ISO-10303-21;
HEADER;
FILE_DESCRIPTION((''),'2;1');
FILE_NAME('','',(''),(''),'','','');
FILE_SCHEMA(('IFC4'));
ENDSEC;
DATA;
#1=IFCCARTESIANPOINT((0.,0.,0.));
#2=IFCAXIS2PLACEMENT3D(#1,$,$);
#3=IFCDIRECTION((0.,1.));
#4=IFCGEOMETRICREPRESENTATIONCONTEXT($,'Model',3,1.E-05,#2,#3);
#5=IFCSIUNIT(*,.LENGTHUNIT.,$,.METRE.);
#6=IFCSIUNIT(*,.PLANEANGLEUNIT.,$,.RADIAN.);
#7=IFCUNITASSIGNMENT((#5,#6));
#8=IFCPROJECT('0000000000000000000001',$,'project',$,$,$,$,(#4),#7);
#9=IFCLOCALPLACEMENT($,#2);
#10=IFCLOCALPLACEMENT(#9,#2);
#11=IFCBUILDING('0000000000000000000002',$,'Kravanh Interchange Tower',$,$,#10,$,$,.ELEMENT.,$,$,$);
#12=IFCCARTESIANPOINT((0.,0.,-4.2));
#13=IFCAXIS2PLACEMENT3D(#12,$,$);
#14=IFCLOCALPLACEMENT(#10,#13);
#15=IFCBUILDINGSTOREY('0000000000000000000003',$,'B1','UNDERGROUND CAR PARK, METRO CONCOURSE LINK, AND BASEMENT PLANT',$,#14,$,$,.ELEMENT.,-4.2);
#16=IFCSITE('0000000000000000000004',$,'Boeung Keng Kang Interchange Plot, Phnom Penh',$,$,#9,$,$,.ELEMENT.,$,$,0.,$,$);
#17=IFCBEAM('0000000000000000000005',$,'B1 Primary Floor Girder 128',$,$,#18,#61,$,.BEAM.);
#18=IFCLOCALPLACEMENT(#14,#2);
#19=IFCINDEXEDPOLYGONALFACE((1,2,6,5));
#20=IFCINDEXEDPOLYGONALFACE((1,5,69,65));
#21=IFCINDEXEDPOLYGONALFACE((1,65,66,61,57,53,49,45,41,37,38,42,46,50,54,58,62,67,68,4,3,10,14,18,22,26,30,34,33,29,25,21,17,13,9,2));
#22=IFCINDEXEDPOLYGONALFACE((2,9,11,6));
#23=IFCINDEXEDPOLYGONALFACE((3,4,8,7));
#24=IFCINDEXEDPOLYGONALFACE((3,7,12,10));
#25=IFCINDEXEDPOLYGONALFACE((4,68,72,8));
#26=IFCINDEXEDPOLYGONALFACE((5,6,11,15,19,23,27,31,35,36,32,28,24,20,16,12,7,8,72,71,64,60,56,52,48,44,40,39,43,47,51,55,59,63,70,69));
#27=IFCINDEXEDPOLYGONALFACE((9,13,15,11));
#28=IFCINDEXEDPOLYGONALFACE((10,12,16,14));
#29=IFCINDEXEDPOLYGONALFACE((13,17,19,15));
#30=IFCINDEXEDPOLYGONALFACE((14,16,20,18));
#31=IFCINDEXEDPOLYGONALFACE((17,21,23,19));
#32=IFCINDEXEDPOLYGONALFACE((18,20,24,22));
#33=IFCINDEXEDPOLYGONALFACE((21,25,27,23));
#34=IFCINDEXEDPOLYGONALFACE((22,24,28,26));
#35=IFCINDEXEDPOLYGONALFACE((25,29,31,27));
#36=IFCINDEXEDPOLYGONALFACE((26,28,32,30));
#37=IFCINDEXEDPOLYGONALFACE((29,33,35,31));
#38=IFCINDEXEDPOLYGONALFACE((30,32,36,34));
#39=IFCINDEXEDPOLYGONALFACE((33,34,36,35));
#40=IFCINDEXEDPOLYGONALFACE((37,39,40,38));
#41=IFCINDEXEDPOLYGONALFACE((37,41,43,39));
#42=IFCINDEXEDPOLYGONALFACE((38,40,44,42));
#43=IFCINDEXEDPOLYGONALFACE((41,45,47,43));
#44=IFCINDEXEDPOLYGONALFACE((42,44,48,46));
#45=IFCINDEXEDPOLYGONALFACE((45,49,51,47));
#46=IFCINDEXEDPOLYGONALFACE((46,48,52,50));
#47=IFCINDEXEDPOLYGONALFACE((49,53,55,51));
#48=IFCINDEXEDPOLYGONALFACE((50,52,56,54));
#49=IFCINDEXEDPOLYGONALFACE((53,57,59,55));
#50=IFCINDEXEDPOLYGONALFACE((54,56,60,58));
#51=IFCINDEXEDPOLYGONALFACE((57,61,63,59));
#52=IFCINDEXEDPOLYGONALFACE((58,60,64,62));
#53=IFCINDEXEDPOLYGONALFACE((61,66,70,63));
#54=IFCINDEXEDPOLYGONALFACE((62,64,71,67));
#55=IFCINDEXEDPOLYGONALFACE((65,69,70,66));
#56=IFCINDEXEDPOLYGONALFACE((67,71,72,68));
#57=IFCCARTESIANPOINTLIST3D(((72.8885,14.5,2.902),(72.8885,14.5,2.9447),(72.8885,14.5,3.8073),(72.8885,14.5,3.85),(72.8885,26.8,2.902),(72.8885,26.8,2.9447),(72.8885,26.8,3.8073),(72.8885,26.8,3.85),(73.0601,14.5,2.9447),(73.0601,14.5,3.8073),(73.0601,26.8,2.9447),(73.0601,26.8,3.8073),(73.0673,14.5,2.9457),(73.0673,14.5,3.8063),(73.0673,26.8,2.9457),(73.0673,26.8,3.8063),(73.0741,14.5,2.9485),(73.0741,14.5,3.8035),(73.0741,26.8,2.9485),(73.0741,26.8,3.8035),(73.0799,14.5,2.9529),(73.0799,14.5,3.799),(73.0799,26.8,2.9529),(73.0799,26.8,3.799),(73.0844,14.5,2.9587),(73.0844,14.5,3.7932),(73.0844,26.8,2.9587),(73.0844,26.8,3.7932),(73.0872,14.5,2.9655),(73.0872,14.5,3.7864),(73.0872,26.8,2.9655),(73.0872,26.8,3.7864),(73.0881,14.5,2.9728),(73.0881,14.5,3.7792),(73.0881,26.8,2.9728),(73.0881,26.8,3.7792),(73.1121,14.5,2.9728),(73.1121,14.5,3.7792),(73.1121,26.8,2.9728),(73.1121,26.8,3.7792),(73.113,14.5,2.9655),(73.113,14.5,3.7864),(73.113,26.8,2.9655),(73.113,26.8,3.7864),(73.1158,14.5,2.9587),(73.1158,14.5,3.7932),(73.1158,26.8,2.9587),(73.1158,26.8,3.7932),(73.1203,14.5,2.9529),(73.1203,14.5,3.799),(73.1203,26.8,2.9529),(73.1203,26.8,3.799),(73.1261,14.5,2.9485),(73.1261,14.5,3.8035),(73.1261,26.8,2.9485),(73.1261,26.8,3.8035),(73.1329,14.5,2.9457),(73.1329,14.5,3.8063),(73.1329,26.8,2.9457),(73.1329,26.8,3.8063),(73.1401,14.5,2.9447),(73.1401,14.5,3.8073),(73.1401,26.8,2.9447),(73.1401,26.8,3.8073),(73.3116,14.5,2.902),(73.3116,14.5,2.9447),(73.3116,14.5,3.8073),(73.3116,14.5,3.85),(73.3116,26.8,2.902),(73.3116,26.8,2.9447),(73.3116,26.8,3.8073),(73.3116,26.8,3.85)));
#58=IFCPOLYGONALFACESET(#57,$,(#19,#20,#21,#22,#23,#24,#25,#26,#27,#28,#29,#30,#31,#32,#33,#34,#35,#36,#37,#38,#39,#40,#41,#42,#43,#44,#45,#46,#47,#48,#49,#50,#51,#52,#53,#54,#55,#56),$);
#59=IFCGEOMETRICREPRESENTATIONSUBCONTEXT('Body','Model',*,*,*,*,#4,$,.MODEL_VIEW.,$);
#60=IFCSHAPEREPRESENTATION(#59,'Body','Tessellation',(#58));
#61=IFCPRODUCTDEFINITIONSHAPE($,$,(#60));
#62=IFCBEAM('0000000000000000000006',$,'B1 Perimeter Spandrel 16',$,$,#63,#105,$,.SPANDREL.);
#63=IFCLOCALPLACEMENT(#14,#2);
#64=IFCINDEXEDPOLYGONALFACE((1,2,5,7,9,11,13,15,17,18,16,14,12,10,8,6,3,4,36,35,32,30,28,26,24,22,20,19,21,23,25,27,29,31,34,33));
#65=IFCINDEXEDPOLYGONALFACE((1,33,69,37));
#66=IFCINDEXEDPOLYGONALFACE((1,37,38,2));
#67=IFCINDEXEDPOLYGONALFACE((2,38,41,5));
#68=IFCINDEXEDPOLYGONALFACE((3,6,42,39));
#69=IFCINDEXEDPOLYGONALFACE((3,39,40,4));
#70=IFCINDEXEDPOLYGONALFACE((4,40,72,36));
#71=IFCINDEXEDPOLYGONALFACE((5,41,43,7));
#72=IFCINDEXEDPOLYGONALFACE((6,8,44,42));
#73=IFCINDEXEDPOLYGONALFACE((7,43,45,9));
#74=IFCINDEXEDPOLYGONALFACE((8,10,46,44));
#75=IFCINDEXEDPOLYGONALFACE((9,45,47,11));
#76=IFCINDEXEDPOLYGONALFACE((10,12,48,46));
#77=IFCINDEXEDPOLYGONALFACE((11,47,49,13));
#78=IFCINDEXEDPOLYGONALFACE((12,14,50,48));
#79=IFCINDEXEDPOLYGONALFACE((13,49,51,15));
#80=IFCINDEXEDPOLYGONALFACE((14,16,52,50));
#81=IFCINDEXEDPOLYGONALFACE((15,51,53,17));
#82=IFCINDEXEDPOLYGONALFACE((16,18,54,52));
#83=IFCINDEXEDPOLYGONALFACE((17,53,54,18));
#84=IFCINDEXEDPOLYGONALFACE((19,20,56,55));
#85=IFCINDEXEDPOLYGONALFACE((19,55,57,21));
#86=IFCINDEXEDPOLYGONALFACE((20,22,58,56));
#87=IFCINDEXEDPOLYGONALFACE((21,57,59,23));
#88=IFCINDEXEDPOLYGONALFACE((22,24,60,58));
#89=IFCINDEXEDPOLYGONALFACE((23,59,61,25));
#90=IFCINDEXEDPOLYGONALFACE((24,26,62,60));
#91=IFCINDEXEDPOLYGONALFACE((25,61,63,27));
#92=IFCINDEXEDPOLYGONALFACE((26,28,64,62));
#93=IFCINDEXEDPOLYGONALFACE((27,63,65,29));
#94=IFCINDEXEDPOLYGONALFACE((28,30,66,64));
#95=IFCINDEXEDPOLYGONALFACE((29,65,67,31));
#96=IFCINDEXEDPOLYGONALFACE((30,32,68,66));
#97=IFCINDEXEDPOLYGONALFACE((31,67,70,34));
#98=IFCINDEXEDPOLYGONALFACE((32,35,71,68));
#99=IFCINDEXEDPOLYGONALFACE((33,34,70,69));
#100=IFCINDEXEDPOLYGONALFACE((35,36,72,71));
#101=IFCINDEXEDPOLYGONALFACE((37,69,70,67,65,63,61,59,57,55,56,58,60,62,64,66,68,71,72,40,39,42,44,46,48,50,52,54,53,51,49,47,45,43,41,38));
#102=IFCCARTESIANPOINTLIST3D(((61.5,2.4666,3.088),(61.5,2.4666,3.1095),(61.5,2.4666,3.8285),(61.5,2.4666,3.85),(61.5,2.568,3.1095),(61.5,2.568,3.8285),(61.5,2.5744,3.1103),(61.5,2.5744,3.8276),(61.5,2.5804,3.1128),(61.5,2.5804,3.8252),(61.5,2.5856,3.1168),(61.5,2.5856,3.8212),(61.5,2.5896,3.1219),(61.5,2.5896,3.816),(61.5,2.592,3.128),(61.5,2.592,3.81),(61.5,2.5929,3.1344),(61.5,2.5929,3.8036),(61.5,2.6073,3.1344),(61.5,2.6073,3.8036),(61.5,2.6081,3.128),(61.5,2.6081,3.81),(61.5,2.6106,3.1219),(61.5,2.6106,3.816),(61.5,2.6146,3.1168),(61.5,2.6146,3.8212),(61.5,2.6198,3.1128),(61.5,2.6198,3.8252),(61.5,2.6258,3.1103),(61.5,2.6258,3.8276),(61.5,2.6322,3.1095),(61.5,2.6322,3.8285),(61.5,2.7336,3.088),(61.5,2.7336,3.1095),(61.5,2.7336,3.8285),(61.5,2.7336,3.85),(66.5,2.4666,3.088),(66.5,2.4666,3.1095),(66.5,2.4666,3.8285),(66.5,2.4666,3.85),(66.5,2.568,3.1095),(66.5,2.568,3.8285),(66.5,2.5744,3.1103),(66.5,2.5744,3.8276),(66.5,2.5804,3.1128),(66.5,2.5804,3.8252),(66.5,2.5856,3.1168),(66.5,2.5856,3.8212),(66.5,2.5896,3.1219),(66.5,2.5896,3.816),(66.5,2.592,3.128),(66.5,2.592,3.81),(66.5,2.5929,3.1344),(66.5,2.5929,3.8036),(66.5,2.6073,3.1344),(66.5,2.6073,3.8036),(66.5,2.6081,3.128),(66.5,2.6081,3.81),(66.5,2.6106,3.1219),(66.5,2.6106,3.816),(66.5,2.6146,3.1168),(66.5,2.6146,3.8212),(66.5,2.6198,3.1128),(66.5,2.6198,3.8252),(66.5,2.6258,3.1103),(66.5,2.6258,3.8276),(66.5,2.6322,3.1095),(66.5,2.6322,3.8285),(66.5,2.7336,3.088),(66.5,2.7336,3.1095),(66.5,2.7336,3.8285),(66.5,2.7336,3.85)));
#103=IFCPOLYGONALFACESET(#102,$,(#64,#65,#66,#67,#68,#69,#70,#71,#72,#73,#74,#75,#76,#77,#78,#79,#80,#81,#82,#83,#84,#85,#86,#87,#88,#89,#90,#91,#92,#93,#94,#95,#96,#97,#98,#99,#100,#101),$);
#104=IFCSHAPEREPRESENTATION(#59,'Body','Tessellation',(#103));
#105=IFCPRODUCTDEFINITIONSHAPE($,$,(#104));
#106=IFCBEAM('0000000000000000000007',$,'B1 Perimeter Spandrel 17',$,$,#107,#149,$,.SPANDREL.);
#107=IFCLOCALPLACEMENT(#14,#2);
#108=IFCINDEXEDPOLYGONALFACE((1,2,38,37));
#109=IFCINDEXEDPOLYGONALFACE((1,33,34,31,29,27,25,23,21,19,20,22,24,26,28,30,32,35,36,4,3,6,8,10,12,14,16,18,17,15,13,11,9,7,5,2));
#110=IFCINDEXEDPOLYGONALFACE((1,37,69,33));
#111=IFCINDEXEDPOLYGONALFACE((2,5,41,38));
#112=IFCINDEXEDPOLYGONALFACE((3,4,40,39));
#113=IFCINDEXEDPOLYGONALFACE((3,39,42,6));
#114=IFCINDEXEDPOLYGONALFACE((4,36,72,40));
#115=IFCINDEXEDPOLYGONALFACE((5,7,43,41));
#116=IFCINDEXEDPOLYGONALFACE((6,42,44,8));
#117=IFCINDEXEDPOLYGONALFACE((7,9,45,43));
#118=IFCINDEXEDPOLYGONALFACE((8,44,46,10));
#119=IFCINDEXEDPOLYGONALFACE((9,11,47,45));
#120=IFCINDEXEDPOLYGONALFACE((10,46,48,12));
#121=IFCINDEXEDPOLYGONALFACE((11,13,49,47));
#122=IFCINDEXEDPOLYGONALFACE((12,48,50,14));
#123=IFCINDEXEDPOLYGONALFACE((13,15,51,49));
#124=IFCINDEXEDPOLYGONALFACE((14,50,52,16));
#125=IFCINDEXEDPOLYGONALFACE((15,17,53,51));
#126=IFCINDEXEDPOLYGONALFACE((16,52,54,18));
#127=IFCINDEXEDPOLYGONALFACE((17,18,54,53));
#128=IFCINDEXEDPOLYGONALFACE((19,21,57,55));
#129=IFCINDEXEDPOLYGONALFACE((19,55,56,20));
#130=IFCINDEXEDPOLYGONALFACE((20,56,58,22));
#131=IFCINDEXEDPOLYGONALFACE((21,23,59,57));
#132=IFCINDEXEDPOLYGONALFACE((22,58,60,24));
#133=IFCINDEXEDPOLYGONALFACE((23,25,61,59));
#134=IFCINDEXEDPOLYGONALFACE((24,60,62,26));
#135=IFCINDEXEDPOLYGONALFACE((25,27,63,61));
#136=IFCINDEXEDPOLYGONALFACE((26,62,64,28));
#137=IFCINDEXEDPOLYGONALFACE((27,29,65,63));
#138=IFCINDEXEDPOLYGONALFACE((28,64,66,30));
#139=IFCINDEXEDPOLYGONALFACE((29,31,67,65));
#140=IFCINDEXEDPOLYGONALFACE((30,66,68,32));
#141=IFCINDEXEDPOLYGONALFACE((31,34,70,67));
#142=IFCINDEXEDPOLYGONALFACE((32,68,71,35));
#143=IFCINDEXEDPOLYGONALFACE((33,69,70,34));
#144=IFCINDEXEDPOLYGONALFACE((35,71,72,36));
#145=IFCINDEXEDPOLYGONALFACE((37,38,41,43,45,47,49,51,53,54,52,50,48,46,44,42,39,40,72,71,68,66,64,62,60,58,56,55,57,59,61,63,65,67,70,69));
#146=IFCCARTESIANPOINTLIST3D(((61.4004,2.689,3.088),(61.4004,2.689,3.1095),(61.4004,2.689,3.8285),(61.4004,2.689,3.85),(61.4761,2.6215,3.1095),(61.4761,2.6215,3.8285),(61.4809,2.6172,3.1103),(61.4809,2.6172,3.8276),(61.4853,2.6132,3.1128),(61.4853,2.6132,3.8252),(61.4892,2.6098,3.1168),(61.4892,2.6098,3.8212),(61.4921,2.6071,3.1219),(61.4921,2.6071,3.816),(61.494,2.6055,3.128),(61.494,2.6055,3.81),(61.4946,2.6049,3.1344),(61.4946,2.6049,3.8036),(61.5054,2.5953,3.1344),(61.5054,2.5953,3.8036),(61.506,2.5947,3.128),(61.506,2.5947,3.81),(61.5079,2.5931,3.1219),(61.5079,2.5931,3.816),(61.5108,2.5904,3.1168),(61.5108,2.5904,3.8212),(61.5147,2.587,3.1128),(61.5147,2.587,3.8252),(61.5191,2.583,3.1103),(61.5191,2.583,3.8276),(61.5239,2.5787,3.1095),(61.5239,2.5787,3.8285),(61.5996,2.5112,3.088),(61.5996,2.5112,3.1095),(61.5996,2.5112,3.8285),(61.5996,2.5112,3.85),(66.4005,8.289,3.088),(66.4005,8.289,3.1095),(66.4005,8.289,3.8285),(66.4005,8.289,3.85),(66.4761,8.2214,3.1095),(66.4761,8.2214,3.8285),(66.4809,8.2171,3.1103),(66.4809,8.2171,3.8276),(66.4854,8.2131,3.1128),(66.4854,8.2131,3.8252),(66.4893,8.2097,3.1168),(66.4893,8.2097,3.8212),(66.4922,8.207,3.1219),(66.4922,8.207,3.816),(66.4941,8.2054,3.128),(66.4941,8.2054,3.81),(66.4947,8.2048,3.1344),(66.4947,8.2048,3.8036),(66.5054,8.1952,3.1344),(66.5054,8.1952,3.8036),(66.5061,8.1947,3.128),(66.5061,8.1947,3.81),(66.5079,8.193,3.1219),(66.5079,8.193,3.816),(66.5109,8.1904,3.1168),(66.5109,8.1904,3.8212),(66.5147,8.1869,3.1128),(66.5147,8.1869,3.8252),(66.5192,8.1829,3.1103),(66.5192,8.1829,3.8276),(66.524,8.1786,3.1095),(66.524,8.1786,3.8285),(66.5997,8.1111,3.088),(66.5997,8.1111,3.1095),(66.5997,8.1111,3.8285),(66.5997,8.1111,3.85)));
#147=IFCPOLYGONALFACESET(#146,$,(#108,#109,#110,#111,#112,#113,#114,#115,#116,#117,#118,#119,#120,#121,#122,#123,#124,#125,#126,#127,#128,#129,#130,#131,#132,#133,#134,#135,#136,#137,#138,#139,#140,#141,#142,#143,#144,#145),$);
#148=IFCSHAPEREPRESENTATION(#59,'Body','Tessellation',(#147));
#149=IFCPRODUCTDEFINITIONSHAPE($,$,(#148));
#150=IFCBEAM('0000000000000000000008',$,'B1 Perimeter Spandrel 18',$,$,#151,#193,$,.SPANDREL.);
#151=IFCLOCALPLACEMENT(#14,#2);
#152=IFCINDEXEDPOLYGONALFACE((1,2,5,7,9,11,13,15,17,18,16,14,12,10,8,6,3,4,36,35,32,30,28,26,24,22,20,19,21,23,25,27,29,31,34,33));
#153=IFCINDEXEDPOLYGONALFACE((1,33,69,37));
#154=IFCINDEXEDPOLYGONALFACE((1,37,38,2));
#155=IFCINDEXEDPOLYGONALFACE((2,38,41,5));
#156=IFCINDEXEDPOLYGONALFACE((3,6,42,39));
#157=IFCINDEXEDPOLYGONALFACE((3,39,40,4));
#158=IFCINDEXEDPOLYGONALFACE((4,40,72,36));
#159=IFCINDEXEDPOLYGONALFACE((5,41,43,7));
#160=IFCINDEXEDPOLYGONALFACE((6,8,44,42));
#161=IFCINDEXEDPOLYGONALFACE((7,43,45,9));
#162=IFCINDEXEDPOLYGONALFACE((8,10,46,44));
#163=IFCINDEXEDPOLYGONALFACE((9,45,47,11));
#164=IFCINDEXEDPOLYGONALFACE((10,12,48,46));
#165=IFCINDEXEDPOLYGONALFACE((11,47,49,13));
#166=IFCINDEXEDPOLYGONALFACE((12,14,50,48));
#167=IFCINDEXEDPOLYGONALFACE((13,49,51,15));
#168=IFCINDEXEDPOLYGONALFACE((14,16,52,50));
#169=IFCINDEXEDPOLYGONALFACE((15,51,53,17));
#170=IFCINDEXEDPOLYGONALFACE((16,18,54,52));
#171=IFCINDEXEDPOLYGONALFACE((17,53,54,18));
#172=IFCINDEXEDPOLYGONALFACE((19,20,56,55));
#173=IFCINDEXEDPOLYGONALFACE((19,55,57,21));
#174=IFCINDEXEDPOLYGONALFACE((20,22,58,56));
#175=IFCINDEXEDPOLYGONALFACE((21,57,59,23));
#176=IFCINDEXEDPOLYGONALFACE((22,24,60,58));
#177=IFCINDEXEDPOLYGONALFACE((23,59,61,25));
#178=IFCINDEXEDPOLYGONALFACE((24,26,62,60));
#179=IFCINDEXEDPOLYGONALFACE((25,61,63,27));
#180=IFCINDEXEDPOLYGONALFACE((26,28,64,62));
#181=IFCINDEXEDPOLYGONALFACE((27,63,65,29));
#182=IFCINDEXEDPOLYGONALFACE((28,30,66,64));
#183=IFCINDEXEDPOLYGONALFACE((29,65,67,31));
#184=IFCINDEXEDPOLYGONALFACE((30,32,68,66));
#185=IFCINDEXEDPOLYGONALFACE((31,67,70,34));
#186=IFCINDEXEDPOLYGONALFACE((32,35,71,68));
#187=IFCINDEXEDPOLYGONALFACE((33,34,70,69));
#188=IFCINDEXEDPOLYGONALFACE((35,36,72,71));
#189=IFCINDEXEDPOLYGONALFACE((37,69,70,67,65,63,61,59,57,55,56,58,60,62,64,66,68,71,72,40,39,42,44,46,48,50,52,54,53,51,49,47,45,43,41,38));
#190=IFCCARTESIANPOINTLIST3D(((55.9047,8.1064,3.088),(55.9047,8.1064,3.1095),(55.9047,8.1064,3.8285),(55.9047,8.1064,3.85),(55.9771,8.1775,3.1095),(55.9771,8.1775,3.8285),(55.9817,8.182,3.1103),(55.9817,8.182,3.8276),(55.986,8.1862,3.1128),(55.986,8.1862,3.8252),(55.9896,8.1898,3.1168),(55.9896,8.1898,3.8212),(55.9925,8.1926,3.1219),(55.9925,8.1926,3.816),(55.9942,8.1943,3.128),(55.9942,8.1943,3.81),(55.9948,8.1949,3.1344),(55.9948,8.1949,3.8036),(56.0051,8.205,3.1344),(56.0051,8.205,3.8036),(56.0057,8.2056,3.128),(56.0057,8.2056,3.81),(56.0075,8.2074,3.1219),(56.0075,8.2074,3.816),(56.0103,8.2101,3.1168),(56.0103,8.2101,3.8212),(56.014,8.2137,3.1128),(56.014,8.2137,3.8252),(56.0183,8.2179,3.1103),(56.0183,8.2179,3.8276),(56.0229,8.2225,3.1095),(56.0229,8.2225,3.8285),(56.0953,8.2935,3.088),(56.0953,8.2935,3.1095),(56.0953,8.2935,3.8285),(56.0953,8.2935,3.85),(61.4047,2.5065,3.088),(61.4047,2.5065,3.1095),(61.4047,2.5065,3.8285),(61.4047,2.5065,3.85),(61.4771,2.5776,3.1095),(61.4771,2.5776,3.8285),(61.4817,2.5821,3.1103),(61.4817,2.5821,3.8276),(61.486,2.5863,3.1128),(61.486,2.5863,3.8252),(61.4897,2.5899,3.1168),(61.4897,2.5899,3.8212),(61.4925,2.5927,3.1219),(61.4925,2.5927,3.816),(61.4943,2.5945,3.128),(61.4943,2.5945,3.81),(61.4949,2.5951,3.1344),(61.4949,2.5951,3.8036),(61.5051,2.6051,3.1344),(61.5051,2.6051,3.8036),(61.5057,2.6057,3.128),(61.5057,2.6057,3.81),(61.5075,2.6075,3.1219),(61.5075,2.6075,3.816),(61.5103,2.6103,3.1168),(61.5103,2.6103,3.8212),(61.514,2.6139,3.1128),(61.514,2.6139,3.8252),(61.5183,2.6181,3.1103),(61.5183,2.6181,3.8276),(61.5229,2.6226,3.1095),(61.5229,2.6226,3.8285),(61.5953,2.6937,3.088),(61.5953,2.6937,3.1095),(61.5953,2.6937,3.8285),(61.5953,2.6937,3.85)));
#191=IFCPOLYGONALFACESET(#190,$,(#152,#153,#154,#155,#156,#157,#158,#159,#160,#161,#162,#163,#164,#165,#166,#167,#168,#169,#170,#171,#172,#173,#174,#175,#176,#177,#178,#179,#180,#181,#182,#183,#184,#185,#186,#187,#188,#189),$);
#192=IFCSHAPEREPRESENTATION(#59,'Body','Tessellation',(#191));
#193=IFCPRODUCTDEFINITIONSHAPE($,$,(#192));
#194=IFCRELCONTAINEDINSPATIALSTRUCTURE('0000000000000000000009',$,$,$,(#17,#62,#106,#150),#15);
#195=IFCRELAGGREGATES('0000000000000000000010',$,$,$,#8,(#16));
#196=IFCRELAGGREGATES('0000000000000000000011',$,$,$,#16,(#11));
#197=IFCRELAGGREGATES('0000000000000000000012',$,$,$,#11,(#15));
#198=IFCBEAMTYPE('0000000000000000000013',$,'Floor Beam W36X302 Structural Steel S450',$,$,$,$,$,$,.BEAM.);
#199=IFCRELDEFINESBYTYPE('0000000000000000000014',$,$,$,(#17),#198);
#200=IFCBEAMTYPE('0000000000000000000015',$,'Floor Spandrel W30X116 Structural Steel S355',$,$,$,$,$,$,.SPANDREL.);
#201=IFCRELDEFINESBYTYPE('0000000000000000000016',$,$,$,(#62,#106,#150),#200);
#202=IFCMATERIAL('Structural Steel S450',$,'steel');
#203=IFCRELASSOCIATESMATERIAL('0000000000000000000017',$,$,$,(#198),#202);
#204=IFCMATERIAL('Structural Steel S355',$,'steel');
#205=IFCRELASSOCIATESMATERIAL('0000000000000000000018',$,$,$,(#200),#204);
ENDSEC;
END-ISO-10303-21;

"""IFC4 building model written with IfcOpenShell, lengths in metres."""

from ifc_helpers import new_model, si_unit, direction, frame, origin, origin_2d, place, context, subcontext, project, spatial, i_section, extrude, material, material_profile, profile_set, type_object, element, save


model = new_model("IFC4")

# Units and contexts
model_context = context("Model", 3, precision=1e-05, world=origin(), true_north=direction((0.0, 1.0)))
body_context = subcontext(model_context, "Body", "Model", "MODEL_VIEW")
ifc_project = project(units=[si_unit("LENGTHUNIT", "METRE"), si_unit("PLANEANGLEUNIT", "RADIAN")], contexts=[model_context])

# Site, building, storey
site_placement = place(None, origin())
site = spatial("IfcSite", under=ifc_project, at=site_placement, Name="Boeung Keng Kang Interchange Plot, Phnom Penh", CompositionType="ELEMENT", RefElevation=0.0)
building_placement = place(site_placement, origin())
building = spatial("IfcBuilding", under=site, at=building_placement, Name="Kravanh Interchange Tower", CompositionType="ELEMENT")
storey_placement = place(building_placement, frame((0.0, 0.0, -4.2)))
storey = spatial("IfcBuildingStorey", under=building, at=storey_placement, Name="B1", Description="UNDERGROUND CAR PARK, METRO CONCOURSE LINK, AND BASEMENT PLANT", CompositionType="ELEMENT", Elevation=-4.2)

# Beams
ifc_material_1 = material(Name="Structural Steel S450", Category="steel")
ifc_material_profile_1 = material_profile(ifc_material_1, i_section(OverallWidth=0.4231, OverallDepth=0.948, WebThickness=0.0239, FlangeThickness=0.0427, FilletRadius=0.0281, at=origin_2d()), Name="W36X302")
ifc_profile_set_1 = profile_set([ifc_material_profile_1], Name="Structural Steel S450")
beam_type_1 = type_object("IfcBeamType", Name="Floor Beam W36X302 Structural Steel S450", PredefinedType="BEAM", material=ifc_profile_set_1)
beam_1_placement = place(storey_placement, frame((73.1001, 14.5, 3.376), z_axis=(0.0, 1.0, 0.0), x_axis=(-1.0, 0.0, 0.0)))
element("IfcBeam", 1, at=beam_1_placement, inside=storey, type_object=beam_type_1, Name="B1 Primary Floor Girder 128", PredefinedType="BEAM", context=body_context, shape_type="SweptSolid", body=[
    extrude(i_section(OverallWidth=0.4231, OverallDepth=0.948, WebThickness=0.0239, FlangeThickness=0.0427, FilletRadius=0.0281, at=origin_2d()), origin(), (0.0, 0.0, 1.0), 12.3),
])
ifc_material_2 = material(Name="Structural Steel S355", Category="steel")
ifc_material_profile_2 = material_profile(ifc_material_2, i_section(OverallWidth=0.2671, OverallDepth=0.762, WebThickness=0.0144, FlangeThickness=0.0215, FilletRadius=0.0249, at=origin_2d()), Name="W30X116")
ifc_profile_set_2 = profile_set([ifc_material_profile_2], Name="Structural Steel S355")
beam_type_2 = type_object("IfcBeamType", Name="Floor Spandrel W30X116 Structural Steel S355", PredefinedType="SPANDREL", material=ifc_profile_set_2)
beam_2_placement = place(storey_placement, frame((61.5, 2.6001, 3.469), z_axis=(1.0, 0.0, 0.0), x_axis=(0.0, 1.0, 0.0)))
element("IfcBeam", 2, at=beam_2_placement, inside=storey, type_object=beam_type_2, Name="B1 Perimeter Spandrel 16", PredefinedType="SPANDREL", context=body_context, shape_type="SweptSolid", body=[
    extrude(i_section(OverallWidth=0.2671, OverallDepth=0.762, WebThickness=0.0144, FlangeThickness=0.0215, FilletRadius=0.0249, at=origin_2d()), origin(), (0.0, 0.0, 1.0), 5.0),
])
beam_3_placement = place(storey_placement, frame((61.5, 2.6001, 3.469), z_axis=(0.666025, 0.745929, 0.0), x_axis=(-0.745929, 0.666025, 0.0)))
element("IfcBeam", 3, at=beam_3_placement, inside=storey, type_object=beam_type_2, Name="B1 Perimeter Spandrel 17", PredefinedType="SPANDREL", context=body_context, shape_type="SweptSolid", body=[
    extrude(i_section(OverallWidth=0.2671, OverallDepth=0.762, WebThickness=0.0144, FlangeThickness=0.0215, FilletRadius=0.0249, at=origin_2d()), origin(), (0.0, 0.0, 1.0), 7.5073),
])
beam_4_placement = place(storey_placement, frame((61.5, 2.6001, 3.469), z_axis=(-0.700717, 0.713439, 0.0), x_axis=(-0.713439, -0.700717, 0.0)))
element("IfcBeam", 4, at=beam_4_placement, inside=storey, type_object=beam_type_2, Name="B1 Perimeter Spandrel 18", PredefinedType="SPANDREL", context=body_context, shape_type="SweptSolid", body=[
    extrude(i_section(OverallWidth=0.2671, OverallDepth=0.762, WebThickness=0.0144, FlangeThickness=0.0215, FilletRadius=0.0249, at=origin_2d()), origin(), (0.0, 0.0, 1.0), 7.8491),
])

save(model, "model.ifc")
